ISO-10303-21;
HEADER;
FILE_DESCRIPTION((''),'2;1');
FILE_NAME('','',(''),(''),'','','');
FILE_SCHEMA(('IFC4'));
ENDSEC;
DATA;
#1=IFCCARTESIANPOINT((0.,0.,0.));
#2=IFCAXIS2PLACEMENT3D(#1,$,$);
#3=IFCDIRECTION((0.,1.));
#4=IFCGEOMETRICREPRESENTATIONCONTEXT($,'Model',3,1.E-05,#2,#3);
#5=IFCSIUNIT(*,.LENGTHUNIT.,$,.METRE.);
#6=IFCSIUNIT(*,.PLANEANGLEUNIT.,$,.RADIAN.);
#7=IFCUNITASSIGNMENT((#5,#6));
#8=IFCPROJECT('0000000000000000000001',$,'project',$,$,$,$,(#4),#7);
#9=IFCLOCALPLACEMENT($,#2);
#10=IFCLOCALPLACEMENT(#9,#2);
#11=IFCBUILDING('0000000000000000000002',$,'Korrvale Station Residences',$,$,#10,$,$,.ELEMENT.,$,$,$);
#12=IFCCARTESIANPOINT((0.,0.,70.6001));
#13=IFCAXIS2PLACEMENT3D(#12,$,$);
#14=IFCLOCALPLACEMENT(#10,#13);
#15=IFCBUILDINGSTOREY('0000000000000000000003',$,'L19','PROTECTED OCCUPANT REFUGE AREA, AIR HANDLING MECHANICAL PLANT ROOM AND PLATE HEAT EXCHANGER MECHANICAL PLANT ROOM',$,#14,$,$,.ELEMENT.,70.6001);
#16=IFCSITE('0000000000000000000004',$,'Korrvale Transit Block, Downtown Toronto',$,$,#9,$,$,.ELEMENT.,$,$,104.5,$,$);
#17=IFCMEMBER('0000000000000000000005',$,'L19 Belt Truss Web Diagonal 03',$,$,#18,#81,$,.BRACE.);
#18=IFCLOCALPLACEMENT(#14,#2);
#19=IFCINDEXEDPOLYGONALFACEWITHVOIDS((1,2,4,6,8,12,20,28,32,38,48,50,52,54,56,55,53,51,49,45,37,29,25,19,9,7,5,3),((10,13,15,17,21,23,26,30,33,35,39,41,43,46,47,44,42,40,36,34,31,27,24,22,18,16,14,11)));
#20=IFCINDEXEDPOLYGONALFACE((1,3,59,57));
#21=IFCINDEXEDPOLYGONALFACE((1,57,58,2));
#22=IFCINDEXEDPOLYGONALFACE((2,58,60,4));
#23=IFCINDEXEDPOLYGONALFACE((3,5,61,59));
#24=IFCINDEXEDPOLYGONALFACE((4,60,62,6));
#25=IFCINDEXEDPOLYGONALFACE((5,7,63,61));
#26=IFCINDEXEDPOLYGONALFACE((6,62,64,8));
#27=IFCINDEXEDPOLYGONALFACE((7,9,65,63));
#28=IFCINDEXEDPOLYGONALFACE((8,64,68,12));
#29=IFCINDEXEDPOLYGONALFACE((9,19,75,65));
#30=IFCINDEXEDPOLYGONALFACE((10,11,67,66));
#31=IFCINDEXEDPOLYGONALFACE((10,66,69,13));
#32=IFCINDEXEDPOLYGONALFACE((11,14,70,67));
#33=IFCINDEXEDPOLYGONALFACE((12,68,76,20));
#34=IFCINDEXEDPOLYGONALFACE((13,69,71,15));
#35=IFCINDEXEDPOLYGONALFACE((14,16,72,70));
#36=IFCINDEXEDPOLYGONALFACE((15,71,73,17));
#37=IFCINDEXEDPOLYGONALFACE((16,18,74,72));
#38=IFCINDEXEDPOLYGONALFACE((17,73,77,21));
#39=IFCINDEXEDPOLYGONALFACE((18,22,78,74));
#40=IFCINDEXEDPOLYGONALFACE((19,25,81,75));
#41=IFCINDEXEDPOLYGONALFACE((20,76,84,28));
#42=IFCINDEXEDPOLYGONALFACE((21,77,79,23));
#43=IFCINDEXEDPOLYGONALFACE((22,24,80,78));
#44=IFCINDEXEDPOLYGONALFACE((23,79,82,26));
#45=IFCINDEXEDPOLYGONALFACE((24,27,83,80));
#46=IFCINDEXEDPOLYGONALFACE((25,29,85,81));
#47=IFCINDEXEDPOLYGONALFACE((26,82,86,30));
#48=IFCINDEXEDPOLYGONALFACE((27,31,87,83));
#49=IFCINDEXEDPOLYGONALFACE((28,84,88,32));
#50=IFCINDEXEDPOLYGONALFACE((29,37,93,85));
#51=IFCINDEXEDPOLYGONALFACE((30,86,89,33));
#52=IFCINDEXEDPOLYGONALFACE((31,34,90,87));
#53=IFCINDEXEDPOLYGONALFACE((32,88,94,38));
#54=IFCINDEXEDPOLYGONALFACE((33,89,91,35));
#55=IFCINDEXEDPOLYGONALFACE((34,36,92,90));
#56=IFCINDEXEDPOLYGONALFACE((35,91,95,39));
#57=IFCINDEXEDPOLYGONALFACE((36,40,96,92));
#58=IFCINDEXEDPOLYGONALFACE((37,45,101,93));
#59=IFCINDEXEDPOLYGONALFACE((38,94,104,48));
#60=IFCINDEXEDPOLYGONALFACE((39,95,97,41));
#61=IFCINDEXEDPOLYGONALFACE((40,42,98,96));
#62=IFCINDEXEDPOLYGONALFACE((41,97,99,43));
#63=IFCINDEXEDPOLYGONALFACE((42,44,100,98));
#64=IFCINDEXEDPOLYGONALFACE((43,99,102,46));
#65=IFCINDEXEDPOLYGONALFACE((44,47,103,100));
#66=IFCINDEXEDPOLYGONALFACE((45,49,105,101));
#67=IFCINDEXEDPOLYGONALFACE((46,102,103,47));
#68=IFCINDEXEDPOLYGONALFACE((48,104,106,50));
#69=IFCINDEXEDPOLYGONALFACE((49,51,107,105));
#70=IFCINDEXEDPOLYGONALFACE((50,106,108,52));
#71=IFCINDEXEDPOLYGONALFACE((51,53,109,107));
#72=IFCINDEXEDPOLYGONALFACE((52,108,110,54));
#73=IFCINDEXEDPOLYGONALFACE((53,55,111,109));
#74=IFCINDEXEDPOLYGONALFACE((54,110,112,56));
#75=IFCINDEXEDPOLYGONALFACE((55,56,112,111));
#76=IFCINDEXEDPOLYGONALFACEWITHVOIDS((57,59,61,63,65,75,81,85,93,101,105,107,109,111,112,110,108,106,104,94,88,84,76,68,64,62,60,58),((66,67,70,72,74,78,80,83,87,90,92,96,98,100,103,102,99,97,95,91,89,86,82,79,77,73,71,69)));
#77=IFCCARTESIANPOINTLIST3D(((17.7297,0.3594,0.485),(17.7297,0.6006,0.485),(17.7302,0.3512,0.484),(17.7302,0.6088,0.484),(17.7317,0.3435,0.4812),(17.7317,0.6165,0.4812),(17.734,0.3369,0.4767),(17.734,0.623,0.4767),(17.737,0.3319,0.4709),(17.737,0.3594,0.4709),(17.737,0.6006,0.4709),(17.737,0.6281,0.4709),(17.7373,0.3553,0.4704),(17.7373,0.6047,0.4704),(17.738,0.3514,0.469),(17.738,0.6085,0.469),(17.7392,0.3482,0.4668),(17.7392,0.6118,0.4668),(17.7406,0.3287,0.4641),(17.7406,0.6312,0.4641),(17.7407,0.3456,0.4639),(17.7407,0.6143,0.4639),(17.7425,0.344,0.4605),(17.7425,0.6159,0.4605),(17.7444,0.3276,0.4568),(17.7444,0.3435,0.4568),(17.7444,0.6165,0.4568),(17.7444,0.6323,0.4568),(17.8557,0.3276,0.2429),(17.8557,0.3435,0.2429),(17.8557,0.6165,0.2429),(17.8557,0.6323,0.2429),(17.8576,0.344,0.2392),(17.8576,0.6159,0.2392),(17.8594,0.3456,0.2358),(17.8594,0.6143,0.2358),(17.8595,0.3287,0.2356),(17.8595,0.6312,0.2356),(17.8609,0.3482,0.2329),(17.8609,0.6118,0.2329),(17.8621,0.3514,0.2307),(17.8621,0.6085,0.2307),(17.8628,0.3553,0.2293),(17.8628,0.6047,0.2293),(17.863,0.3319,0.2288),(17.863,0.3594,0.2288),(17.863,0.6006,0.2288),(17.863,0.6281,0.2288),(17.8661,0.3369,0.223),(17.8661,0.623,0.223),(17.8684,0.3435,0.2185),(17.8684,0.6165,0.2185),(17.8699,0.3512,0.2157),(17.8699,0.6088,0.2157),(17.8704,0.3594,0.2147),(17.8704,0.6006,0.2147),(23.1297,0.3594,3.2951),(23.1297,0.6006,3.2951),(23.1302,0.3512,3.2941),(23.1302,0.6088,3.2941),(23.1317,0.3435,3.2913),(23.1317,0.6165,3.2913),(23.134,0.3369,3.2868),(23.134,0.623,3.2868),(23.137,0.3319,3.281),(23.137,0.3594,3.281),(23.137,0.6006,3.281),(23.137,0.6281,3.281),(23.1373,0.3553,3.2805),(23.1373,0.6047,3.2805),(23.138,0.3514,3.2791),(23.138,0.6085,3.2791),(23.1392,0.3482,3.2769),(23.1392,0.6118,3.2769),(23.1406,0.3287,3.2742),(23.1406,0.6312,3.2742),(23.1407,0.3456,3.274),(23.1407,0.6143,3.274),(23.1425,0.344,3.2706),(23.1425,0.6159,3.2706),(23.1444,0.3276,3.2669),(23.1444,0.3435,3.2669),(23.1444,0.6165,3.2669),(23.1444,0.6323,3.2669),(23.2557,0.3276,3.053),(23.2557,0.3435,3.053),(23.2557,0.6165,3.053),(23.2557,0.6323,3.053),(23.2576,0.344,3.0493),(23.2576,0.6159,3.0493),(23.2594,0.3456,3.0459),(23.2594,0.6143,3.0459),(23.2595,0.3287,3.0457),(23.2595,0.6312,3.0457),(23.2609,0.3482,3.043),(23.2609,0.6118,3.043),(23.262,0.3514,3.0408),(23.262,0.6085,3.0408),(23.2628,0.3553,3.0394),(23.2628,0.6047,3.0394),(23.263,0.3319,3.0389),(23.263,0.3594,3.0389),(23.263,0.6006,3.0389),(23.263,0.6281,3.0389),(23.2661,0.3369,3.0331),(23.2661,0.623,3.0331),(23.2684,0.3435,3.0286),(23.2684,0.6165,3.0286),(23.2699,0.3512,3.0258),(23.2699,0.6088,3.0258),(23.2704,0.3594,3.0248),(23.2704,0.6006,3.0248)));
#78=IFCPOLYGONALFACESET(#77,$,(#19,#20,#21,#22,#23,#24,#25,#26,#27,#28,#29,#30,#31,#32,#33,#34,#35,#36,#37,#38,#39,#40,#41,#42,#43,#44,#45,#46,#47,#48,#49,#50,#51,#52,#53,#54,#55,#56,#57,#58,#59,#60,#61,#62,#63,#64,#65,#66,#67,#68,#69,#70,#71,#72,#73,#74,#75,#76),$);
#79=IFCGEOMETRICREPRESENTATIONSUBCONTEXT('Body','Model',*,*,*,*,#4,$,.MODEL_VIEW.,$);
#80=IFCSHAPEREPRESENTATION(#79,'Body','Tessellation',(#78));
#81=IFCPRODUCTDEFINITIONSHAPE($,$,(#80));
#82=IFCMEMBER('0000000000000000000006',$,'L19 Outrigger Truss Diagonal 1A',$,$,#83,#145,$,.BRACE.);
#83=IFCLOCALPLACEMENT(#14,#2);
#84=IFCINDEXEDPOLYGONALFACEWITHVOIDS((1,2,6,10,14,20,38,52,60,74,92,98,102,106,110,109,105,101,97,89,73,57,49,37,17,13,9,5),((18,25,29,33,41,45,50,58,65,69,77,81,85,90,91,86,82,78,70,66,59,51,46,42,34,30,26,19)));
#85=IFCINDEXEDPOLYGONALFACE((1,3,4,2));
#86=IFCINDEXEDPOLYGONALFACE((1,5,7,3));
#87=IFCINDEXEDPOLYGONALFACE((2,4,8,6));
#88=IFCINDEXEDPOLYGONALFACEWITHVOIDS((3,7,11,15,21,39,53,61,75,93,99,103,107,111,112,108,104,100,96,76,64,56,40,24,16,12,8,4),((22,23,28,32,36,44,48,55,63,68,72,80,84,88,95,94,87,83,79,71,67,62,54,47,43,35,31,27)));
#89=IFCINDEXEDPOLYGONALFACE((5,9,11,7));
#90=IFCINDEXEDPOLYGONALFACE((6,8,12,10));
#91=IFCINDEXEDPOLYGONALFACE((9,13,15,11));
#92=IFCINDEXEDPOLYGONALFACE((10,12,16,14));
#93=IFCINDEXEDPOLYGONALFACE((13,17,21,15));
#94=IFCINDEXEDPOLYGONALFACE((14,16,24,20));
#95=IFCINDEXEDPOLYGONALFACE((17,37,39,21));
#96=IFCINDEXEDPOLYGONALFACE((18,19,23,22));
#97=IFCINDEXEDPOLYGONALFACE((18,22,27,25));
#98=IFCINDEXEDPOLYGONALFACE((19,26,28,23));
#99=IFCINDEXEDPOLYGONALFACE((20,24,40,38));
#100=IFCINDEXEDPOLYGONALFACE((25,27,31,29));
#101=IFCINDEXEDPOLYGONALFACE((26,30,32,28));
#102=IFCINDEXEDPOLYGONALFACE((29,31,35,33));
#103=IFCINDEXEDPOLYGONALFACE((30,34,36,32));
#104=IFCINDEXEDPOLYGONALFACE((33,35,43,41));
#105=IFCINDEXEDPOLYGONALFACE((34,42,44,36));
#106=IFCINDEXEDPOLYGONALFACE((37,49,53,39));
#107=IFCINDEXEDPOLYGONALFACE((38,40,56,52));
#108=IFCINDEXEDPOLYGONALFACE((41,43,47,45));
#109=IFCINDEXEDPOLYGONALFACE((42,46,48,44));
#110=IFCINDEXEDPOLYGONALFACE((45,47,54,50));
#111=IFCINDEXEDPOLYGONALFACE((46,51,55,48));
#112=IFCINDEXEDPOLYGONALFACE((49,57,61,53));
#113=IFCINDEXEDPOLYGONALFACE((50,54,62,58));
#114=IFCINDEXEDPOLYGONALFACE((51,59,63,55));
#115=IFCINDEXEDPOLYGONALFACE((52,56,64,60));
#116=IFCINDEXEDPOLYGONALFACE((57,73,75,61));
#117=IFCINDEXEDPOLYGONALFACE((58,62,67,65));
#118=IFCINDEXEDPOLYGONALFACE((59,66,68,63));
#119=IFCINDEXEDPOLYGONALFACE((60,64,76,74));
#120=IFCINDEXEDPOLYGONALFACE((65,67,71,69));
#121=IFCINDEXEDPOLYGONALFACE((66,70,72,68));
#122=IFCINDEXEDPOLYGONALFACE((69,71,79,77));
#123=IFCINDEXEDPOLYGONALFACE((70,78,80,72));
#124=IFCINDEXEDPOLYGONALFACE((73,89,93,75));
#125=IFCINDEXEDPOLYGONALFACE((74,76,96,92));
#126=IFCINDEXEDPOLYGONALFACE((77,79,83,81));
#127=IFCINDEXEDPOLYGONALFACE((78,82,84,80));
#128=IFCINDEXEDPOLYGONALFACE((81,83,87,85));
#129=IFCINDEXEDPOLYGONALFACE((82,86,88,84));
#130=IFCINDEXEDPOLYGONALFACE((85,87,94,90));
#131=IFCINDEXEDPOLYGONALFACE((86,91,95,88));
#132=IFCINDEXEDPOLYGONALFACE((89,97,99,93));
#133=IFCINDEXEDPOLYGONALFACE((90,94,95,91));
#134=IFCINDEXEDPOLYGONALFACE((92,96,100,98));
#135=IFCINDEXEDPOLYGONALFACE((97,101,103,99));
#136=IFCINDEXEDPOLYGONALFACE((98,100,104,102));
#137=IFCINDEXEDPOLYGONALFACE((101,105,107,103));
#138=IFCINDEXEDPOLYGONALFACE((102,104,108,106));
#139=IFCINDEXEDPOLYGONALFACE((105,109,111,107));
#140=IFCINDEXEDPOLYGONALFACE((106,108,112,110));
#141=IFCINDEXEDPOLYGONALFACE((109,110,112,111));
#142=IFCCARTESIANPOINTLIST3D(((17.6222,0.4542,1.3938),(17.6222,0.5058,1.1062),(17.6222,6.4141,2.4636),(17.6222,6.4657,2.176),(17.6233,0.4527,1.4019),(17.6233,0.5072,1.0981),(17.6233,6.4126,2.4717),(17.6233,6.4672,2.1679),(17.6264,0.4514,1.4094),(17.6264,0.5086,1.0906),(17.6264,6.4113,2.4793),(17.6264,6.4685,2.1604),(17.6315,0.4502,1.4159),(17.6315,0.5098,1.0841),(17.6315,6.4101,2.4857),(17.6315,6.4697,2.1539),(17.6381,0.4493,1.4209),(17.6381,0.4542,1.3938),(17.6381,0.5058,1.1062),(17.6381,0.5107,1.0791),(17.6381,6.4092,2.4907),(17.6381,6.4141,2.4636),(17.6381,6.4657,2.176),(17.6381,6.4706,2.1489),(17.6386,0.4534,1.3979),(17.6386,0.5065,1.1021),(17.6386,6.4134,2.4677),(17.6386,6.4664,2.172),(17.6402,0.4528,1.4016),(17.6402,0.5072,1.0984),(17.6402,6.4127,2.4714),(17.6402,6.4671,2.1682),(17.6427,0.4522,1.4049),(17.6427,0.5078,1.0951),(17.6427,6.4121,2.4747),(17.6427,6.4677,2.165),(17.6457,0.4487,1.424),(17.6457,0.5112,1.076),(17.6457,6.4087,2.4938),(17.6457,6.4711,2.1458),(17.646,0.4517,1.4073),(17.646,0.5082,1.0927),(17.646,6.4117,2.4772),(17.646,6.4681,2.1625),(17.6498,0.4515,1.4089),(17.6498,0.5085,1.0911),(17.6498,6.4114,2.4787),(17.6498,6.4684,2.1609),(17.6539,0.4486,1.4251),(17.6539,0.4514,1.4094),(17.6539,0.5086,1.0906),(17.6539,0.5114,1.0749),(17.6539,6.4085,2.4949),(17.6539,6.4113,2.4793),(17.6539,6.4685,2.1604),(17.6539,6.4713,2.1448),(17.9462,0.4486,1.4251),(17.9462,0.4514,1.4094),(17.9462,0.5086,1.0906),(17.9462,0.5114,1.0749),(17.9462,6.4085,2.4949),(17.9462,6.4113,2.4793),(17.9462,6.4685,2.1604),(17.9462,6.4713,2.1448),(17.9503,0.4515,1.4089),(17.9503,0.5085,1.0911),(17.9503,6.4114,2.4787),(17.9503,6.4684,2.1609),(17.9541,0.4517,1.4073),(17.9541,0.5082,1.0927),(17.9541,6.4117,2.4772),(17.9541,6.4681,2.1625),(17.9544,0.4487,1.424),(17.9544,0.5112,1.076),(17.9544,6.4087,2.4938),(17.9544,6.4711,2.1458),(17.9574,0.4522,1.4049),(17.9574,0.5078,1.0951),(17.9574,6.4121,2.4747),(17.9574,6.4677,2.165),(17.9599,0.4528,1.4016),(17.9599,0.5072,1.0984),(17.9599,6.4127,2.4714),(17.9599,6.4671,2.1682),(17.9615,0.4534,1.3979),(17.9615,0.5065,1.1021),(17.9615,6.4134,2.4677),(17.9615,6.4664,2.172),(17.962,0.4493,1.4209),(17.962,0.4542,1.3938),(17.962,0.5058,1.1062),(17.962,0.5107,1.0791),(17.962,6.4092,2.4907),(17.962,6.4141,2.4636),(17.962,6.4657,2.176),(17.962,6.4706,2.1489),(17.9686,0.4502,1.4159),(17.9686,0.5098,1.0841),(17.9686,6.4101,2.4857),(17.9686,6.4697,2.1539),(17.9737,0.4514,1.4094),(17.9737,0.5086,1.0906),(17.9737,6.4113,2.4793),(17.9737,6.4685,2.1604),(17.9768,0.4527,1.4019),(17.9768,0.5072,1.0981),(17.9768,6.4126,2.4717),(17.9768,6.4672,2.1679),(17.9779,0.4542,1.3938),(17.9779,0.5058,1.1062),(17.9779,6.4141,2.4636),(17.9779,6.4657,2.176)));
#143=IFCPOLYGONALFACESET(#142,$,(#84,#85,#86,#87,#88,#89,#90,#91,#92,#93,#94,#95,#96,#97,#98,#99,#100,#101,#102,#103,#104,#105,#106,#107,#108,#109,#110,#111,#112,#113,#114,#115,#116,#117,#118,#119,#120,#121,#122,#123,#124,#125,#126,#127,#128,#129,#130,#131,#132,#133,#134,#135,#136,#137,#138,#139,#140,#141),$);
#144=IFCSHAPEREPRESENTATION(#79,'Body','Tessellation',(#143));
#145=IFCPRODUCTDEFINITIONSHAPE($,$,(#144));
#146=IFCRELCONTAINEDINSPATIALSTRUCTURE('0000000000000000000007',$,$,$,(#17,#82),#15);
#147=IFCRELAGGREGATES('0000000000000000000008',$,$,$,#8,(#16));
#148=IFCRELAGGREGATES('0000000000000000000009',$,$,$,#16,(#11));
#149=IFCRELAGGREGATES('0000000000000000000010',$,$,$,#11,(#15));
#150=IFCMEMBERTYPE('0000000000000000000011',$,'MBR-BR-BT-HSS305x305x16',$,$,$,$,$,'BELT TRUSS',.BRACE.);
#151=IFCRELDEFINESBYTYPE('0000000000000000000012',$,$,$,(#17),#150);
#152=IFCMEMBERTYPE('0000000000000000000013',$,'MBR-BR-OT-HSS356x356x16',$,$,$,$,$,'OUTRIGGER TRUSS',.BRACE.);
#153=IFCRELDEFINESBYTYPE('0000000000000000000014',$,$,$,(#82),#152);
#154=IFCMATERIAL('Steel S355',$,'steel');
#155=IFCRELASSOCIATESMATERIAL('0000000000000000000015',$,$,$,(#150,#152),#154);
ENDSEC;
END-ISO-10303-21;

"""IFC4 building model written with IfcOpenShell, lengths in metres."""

from ifc_helpers import new_model, si_unit, direction, frame, origin, origin_2d, place, context, subcontext, project, spatial, hollow_rectangle, extrude, material, material_profile, profile_set, type_object, element, save


model = new_model("IFC4")

# Units and contexts
model_context = context("Model", 3, precision=1e-05, world=origin(), true_north=direction((0.0, 1.0)))
body_context = subcontext(model_context, "Body", "Model", "MODEL_VIEW")
ifc_project = project(units=[si_unit("LENGTHUNIT", "METRE"), si_unit("PLANEANGLEUNIT", "RADIAN")], contexts=[model_context])

# Site, building, storey
site_placement = place(None, origin())
site = spatial("IfcSite", under=ifc_project, at=site_placement, Name="Korrvale Transit Block, Downtown Toronto", CompositionType="ELEMENT", RefElevation=104.5)
building_placement = place(site_placement, origin())
building = spatial("IfcBuilding", under=site, at=building_placement, Name="Korrvale Station Residences", CompositionType="ELEMENT")
storey_placement = place(building_placement, frame((0.0, 0.0, 70.6001)))
storey = spatial("IfcBuildingStorey", under=building, at=storey_placement, Name="L19", Description="PROTECTED OCCUPANT REFUGE AREA, AIR HANDLING MECHANICAL PLANT ROOM AND PLATE HEAT EXCHANGER MECHANICAL PLANT ROOM", CompositionType="ELEMENT", Elevation=70.6001)

# Members
ifc_material_1 = material(Name="Steel S355", Category="steel")
ifc_material_profile_1 = material_profile(ifc_material_1, hollow_rectangle(XDim=0.3047, YDim=0.3047, WallThickness=0.0159, InnerFilletRadius=0.0159, OuterFilletRadius=0.0317, at=origin_2d()), Name="HSS305x305x16")
ifc_profile_set_1 = profile_set([ifc_material_profile_1], Name="Steel S355")
member_type_1 = type_object("IfcMemberType", Name="MBR-BR-BT-HSS305x305x16", ElementType="BELT TRUSS", PredefinedType="BRACE", material=ifc_profile_set_1)
member_1_placement = place(storey_placement, frame((17.8, 0.48, 0.3499), z_axis=(0.887075, 0.0, 0.461625), x_axis=(0.0, 1.0, 0.0)))
element("IfcMember", 1, at=member_1_placement, inside=storey, type_object=member_type_1, Name="L19 Belt Truss Web Diagonal 03", PredefinedType="BRACE", context=body_context, shape_type="SweptSolid", body=[
    extrude(hollow_rectangle(XDim=0.3047, YDim=0.3047, WallThickness=0.0159, InnerFilletRadius=0.0159, OuterFilletRadius=0.0317, at=origin_2d()), origin(), (0.0, 0.0, 1.0), 6.0874),
])
ifc_material_profile_2 = material_profile(ifc_material_1, hollow_rectangle(XDim=0.3557, YDim=0.3557, WallThickness=0.0159, InnerFilletRadius=0.0159, OuterFilletRadius=0.0317, at=origin_2d()), Name="HSS356x356x16")
ifc_profile_set_2 = profile_set([ifc_material_profile_2], Name="Steel S355")
member_type_2 = type_object("IfcMemberType", Name="MBR-BR-OT-HSS356x356x16", ElementType="OUTRIGGER TRUSS", PredefinedType="BRACE", material=ifc_profile_set_2)
member_2_placement = place(storey_placement, frame((17.8, 0.48, 1.25), z_axis=(0.0, 0.984269, 0.176678), x_axis=(-1.0, 0.0, 0.0)))
element("IfcMember", 2, at=member_2_placement, inside=storey, type_object=member_type_2, Name="L19 Outrigger Truss Diagonal 1A", PredefinedType="BRACE", context=body_context, shape_type="SweptSolid", body=[
    extrude(hollow_rectangle(XDim=0.3557, YDim=0.3557, WallThickness=0.0159, InnerFilletRadius=0.0159, OuterFilletRadius=0.0317, at=origin_2d()), origin(), (0.0, 0.0, 1.0), 6.0552),
])

save(model, "model.ifc")
